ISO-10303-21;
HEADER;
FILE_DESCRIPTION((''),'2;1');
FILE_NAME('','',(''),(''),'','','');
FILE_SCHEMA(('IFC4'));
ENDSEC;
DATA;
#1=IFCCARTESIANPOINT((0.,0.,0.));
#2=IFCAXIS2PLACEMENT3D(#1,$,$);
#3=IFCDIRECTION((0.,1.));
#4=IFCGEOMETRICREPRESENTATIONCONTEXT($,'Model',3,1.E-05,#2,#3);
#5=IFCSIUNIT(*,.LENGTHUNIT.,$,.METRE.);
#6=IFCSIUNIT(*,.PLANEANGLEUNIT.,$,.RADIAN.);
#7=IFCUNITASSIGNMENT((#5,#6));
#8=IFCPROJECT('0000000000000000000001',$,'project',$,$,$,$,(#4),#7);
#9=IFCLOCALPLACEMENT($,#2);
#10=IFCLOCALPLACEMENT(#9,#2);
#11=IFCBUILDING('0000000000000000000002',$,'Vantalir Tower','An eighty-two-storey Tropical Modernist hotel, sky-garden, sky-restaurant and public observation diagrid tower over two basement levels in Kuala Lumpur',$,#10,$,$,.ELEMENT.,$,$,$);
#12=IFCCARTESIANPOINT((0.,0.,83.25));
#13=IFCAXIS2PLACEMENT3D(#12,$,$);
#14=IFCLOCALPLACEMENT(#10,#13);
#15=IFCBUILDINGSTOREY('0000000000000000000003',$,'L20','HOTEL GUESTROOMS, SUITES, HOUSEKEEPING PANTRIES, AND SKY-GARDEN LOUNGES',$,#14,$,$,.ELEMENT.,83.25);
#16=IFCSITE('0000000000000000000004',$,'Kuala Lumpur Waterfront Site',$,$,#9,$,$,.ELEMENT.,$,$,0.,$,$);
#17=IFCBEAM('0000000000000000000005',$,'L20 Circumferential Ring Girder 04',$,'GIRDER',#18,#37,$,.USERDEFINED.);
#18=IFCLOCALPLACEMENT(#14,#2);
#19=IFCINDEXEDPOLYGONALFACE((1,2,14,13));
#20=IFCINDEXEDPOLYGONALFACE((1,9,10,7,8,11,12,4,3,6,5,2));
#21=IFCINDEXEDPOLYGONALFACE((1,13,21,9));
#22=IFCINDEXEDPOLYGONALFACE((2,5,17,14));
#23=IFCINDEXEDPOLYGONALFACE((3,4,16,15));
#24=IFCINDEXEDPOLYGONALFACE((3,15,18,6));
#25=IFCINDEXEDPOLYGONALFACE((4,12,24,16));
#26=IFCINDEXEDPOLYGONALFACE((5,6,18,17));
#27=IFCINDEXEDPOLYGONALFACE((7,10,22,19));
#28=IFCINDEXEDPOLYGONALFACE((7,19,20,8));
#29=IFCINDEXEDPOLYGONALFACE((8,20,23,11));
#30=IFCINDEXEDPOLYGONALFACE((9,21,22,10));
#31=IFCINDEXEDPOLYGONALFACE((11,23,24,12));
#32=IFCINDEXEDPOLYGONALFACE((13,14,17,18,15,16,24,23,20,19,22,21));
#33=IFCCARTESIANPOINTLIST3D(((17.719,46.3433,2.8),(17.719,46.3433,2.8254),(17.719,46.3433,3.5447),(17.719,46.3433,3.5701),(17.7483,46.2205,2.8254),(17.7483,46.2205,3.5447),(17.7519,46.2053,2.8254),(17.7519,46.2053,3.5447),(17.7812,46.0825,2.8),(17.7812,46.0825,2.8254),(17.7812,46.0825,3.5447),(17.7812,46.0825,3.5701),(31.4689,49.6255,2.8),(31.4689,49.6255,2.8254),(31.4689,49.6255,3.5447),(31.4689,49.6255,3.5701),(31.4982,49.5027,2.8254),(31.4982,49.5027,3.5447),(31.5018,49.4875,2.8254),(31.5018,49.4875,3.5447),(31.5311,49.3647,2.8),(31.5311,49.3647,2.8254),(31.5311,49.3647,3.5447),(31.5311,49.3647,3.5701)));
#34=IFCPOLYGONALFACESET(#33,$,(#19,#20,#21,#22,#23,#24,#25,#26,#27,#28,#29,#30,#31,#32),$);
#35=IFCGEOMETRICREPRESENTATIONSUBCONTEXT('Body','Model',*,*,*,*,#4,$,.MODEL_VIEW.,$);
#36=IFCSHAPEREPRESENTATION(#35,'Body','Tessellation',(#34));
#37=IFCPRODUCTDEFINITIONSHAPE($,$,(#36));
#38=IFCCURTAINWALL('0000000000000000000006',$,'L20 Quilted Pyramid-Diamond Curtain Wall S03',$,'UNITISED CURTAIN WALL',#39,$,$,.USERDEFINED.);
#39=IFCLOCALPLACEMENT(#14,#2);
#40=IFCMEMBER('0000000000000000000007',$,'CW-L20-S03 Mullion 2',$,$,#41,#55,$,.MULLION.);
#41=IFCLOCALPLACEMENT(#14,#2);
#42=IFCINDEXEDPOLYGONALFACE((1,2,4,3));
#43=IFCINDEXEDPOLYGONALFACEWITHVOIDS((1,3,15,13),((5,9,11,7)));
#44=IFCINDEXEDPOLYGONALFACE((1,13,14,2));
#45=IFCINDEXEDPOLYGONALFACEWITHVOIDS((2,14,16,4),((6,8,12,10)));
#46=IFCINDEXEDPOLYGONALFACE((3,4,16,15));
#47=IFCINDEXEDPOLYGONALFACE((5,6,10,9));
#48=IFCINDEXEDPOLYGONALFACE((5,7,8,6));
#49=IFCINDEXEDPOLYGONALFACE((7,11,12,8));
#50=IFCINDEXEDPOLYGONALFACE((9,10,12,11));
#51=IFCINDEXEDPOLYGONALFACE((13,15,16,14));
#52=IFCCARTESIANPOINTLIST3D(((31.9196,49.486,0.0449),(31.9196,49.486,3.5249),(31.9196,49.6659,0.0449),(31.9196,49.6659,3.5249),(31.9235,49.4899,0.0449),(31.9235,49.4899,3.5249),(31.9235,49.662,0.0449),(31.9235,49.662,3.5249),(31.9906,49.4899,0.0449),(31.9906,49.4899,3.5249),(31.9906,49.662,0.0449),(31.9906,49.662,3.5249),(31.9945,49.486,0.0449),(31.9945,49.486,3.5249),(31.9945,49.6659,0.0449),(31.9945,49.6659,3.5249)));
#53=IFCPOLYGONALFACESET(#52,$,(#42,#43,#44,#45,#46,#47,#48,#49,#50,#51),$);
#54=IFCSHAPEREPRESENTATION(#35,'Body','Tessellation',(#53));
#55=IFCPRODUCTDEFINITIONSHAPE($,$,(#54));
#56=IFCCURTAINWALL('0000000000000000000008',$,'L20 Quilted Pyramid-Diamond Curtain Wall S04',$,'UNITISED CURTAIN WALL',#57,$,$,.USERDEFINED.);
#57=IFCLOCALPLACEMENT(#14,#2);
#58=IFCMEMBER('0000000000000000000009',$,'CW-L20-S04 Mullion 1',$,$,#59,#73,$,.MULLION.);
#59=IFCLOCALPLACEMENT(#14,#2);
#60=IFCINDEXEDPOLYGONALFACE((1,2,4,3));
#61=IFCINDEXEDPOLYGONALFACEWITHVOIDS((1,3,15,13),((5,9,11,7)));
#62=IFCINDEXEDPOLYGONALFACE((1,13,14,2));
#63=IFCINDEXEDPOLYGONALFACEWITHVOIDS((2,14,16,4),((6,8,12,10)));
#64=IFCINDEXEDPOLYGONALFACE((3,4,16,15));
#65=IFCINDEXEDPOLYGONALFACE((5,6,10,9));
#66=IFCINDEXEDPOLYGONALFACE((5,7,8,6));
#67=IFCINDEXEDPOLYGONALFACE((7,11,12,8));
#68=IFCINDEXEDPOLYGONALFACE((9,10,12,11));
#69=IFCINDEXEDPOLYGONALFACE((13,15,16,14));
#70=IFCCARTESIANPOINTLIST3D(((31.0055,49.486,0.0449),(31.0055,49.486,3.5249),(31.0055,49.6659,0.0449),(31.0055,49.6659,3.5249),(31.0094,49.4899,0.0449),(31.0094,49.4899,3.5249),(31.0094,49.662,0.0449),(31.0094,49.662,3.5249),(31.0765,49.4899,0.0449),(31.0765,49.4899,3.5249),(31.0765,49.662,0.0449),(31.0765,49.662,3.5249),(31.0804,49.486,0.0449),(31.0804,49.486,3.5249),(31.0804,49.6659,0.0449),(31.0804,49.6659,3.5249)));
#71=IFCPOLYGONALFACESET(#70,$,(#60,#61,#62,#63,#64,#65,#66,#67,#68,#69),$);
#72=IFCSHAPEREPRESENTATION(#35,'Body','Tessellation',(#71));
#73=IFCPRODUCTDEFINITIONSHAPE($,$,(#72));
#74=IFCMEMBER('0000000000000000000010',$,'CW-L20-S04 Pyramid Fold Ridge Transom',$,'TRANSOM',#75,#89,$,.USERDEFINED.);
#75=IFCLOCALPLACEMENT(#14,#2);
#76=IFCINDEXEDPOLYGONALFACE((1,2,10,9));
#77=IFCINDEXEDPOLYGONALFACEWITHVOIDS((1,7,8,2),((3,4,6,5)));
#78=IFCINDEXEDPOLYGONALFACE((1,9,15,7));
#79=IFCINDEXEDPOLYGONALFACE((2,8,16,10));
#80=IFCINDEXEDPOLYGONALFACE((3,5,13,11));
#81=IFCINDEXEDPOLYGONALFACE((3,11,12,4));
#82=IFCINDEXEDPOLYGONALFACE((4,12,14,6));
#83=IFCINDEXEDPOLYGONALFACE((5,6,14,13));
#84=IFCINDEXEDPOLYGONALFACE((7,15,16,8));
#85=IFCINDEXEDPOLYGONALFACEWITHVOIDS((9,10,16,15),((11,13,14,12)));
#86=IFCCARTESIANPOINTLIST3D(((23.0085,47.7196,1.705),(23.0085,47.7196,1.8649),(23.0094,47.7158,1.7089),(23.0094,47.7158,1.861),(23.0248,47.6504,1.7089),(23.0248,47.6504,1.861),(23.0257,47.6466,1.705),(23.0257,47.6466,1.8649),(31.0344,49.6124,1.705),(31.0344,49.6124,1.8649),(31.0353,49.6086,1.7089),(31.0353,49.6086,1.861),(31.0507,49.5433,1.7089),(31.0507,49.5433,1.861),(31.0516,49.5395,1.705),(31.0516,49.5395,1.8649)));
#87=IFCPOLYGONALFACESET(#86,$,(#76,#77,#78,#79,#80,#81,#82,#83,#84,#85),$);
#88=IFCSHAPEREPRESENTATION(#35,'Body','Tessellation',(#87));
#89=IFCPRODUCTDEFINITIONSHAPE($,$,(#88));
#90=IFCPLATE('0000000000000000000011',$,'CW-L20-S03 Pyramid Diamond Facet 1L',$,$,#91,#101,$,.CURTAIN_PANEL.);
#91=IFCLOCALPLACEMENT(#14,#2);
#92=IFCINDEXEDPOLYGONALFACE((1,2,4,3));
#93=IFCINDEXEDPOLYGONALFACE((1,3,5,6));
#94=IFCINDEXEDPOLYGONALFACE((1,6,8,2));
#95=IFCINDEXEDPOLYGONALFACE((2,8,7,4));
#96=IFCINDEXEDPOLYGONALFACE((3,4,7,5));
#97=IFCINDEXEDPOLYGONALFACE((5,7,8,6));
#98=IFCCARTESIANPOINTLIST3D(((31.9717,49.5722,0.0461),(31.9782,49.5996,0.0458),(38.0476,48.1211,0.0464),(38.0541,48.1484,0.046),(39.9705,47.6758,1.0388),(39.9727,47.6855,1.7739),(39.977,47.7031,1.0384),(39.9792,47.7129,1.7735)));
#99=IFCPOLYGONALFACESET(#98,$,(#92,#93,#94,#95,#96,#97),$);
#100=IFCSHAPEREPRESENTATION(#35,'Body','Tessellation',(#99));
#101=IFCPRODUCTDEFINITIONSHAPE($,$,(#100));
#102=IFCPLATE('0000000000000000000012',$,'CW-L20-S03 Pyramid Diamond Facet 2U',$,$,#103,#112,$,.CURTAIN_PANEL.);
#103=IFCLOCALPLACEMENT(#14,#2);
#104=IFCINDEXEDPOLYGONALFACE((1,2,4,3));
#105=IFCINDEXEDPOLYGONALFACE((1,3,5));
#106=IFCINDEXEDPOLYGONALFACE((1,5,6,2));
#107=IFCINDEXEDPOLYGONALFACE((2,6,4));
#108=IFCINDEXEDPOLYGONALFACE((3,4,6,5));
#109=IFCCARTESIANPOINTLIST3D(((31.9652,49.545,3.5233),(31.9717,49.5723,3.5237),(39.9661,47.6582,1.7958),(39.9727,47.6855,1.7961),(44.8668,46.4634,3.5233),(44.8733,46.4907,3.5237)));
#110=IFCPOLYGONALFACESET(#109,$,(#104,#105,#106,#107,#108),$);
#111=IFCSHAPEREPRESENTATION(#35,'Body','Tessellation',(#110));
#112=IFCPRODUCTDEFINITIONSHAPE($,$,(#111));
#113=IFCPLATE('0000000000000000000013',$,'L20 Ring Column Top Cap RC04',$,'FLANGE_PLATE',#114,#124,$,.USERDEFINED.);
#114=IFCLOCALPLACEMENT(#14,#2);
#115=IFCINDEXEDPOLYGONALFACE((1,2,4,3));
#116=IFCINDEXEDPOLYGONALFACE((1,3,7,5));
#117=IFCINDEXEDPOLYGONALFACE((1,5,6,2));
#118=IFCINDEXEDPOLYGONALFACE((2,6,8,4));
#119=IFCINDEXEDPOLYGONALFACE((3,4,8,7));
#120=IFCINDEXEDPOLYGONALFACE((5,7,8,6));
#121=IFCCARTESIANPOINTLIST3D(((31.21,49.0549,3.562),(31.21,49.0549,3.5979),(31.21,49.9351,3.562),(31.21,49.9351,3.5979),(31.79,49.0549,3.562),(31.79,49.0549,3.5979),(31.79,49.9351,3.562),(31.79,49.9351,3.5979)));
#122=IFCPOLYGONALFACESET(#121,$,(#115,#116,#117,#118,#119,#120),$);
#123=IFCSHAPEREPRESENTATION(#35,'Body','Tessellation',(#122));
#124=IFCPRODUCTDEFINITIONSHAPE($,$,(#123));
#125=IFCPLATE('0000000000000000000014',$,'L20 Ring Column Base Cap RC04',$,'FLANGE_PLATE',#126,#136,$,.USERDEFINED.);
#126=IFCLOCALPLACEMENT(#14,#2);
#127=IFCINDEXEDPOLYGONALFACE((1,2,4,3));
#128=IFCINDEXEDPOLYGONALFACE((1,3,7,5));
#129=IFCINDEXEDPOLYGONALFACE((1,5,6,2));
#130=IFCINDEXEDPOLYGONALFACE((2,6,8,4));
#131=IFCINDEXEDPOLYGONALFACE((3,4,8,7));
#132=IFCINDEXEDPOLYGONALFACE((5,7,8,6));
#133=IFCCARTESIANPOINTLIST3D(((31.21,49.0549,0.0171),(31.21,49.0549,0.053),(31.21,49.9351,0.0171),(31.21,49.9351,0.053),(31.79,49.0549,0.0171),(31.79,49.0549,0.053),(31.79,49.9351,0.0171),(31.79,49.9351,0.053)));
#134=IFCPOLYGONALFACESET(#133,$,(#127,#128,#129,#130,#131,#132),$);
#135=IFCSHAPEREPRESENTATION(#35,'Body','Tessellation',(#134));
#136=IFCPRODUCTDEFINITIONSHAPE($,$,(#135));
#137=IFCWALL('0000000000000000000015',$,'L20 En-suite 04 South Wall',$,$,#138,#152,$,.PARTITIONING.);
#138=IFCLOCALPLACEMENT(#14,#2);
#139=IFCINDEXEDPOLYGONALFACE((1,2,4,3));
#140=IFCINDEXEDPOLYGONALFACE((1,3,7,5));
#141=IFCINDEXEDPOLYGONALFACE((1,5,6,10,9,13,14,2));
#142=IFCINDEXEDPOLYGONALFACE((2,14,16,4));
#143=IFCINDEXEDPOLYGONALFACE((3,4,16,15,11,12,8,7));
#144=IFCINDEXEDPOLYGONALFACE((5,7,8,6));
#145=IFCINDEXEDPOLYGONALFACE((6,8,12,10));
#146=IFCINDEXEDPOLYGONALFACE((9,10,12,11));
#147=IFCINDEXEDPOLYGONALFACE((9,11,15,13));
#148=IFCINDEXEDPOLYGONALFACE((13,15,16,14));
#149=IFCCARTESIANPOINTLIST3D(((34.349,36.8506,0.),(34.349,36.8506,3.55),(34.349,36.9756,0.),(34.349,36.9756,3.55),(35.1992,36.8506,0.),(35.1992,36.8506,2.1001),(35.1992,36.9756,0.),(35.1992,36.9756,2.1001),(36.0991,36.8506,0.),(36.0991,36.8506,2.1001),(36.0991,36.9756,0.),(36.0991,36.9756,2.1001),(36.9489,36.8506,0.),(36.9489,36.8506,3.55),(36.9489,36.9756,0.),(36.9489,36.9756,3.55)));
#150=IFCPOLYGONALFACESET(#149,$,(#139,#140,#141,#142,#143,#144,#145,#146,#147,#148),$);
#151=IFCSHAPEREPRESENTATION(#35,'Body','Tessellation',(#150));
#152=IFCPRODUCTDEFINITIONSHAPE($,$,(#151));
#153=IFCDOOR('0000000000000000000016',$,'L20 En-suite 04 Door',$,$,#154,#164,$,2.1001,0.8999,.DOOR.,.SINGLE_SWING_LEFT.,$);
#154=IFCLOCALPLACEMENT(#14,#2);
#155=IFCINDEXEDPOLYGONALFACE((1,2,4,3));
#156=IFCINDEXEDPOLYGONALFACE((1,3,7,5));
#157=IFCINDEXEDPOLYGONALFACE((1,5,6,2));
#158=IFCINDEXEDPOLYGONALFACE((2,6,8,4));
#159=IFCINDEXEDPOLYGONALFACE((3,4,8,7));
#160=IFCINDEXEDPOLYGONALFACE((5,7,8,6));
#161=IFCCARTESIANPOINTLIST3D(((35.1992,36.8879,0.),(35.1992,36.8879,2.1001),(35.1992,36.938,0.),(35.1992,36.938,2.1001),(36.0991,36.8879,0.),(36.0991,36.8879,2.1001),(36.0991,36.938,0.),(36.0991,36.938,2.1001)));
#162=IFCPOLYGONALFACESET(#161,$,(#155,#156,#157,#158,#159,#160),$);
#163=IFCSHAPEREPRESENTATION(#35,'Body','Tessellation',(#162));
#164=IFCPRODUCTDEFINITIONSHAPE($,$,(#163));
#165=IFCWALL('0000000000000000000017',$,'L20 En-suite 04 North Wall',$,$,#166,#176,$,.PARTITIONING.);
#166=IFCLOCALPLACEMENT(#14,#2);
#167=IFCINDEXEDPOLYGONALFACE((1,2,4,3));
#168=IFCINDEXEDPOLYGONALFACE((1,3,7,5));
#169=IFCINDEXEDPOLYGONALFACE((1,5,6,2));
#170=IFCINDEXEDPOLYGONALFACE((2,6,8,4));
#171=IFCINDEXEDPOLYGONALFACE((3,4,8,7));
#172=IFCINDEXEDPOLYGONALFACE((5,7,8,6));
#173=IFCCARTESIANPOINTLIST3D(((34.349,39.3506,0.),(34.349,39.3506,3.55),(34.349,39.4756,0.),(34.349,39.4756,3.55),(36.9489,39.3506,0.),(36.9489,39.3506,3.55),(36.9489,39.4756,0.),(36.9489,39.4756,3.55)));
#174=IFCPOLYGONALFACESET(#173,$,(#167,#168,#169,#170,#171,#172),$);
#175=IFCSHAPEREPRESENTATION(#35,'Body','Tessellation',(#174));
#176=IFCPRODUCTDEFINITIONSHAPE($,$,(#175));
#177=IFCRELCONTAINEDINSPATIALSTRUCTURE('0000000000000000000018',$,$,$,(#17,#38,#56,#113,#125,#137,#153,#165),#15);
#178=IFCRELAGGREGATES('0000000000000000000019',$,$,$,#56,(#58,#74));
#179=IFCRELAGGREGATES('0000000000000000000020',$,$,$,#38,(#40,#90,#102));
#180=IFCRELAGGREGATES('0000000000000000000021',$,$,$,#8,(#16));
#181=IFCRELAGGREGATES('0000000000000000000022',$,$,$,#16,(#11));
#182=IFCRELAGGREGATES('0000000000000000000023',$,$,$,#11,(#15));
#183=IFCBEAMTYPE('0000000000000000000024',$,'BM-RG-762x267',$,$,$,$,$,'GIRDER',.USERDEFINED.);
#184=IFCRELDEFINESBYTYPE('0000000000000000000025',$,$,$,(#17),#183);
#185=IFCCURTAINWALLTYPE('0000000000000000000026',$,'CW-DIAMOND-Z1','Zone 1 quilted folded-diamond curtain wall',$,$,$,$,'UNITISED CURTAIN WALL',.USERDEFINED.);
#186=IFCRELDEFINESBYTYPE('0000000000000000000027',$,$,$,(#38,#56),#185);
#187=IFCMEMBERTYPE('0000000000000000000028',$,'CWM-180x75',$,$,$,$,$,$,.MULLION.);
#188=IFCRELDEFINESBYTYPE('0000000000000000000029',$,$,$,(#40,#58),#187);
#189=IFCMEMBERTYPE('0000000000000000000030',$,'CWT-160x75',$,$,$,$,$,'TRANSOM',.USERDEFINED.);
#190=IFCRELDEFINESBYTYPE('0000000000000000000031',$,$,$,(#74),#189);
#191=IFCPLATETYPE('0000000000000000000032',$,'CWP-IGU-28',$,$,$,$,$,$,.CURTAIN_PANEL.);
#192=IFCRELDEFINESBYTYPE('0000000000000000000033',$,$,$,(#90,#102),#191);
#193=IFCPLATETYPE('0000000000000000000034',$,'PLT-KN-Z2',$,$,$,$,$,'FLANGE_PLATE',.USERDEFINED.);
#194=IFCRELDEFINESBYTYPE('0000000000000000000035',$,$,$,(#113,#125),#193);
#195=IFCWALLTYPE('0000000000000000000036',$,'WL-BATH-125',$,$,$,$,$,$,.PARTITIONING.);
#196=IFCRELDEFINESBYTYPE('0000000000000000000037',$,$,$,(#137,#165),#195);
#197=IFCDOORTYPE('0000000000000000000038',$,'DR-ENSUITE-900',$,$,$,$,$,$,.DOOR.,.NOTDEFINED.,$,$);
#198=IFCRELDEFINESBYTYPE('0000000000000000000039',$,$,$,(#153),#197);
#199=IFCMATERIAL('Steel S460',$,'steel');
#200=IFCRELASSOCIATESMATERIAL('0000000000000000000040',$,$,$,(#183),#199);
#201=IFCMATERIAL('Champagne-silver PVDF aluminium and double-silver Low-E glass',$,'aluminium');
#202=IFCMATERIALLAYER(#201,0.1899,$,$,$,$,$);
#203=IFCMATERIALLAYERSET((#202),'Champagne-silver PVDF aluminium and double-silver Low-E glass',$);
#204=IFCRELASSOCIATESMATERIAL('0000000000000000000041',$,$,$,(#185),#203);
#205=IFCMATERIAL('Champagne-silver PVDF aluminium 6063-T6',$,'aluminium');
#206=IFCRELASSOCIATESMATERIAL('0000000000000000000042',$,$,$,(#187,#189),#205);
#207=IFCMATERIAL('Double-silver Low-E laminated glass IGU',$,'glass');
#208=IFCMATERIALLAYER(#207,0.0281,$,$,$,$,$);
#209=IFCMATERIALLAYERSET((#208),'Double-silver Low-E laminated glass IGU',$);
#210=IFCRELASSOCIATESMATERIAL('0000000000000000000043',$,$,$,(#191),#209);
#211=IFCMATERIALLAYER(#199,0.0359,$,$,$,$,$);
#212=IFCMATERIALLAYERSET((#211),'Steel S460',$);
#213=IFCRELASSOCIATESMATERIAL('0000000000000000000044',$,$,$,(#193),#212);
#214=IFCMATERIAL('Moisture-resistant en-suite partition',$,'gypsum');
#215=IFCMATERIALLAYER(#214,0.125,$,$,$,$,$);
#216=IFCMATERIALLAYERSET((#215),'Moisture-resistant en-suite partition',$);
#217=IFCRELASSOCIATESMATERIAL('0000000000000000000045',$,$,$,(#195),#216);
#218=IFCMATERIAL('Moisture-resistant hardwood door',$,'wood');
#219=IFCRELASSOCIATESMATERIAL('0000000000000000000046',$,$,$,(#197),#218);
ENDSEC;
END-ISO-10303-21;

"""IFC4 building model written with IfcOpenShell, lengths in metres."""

from ifc_helpers import new_model, si_unit, direction, frame, frame_2d, origin, origin_2d, place, context, subcontext, project, spatial, polyline, rectangle, hollow_rectangle, i_section, outline, extrude, material, layer, layer_set, material_profile, profile_set, type_object, element, fill, aggregate, save


model = new_model("IFC4")

# Units and contexts
model_context = context("Model", 3, precision=1e-05, world=origin(), true_north=direction((0.0, 1.0)))
body_context = subcontext(model_context, "Body", "Model", "MODEL_VIEW")
ifc_project = project(units=[si_unit("LENGTHUNIT", "METRE"), si_unit("PLANEANGLEUNIT", "RADIAN")], contexts=[model_context])

# Site, building, storey
site_placement = place(None, origin())
site = spatial("IfcSite", under=ifc_project, at=site_placement, Name="Kuala Lumpur Waterfront Site", CompositionType="ELEMENT", RefElevation=0.0)
building_placement = place(site_placement, origin())
building = spatial("IfcBuilding", under=site, at=building_placement, Name="Vantalir Tower", Description="An eighty-two-storey Tropical Modernist hotel, sky-garden, sky-restaurant and public observation diagrid tower over two basement levels in Kuala Lumpur", CompositionType="ELEMENT")
storey_placement = place(building_placement, frame((0.0, 0.0, 83.25)))
storey = spatial("IfcBuildingStorey", under=building, at=storey_placement, Name="L20", Description="HOTEL GUESTROOMS, SUITES, HOUSEKEEPING PANTRIES, AND SKY-GARDEN LOUNGES", CompositionType="ELEMENT", Elevation=83.25)

# Shared definitions
ifc_material_1 = material(Name="Steel S460", Category="steel")

# Beam
ifc_material_profile_1 = material_profile(ifc_material_1, i_section(OverallWidth=0.2681, OverallDepth=0.77, WebThickness=0.0156, FlangeThickness=0.0254, at=origin_2d()), Name="Steel S460")
ifc_profile_set_1 = profile_set([ifc_material_profile_1], Name="Steel S460")
beam_type_1 = type_object("IfcBeamType", Name="BM-RG-762x267", ElementType="GIRDER", PredefinedType="USERDEFINED", material=ifc_profile_set_1)
beam_1_placement = place(storey_placement, frame((31.5, 49.4951, 3.1851), z_axis=(-0.972672, -0.232184, 0.0), x_axis=(0.232184, -0.972672, 0.0)))
element("IfcBeam", 1, at=beam_1_placement, inside=storey, type_object=beam_type_1, Name="L20 Circumferential Ring Girder 04", ObjectType="GIRDER", PredefinedType="USERDEFINED", context=body_context, shape_type="SweptSolid", body=[
    extrude(i_section(OverallWidth=0.2681, OverallDepth=0.77, WebThickness=0.0156, FlangeThickness=0.0254, at=origin_2d()), origin(), (0.0, 0.0, 1.0), 14.1362),
])

# Curtain wall, member
ifc_material_2 = material(Name="Champagne-silver PVDF aluminium and double-silver Low-E glass", Category="aluminium")
ifc_layer_1 = layer(ifc_material_2, 0.1899)
ifc_layer_set_1 = layer_set([ifc_layer_1], Name="Champagne-silver PVDF aluminium and double-silver Low-E glass")
curtain_wall_type = type_object("IfcCurtainWallType", Name="CW-DIAMOND-Z1", Description="Zone 1 quilted folded-diamond curtain wall", ElementType="UNITISED CURTAIN WALL", PredefinedType="USERDEFINED", material=ifc_layer_set_1)
curtain_wall_1_placement = place(storey_placement, origin())
curtain_wall_1 = element("IfcCurtainWall", 2, at=curtain_wall_1_placement, inside=storey, type_object=curtain_wall_type, Name="L20 Quilted Pyramid-Diamond Curtain Wall S03", ObjectType="UNITISED CURTAIN WALL", PredefinedType="USERDEFINED")
ifc_material_3 = material(Name="Champagne-silver PVDF aluminium 6063-T6", Category="aluminium")
ifc_material_profile_2 = material_profile(ifc_material_3, hollow_rectangle(XDim=0.075, YDim=0.1799, WallThickness=0.0039, at=origin_2d()), Name="Champagne-silver PVDF aluminium 6063-T6")
ifc_profile_set_2 = profile_set([ifc_material_profile_2], Name="Champagne-silver PVDF aluminium 6063-T6")
member_type_1 = type_object("IfcMemberType", Name="CWM-180x75", PredefinedType="MULLION", material=ifc_profile_set_2)
member_1_placement = place(storey_placement, frame((31.957, 49.5759, 0.0449), z_axis=(0.0, 0.0, 1.0), x_axis=(1.0, 0.0, 0.0)))
member_1 = element("IfcMember", 3, at=member_1_placement, type_object=member_type_1, Name="CW-L20-S03 Mullion 2", PredefinedType="MULLION", context=body_context, shape_type="SweptSolid", body=[
    extrude(hollow_rectangle(XDim=0.075, YDim=0.1799, WallThickness=0.0039, at=origin_2d()), origin(), (0.0, 0.0, 1.0), 3.48),
])

# Curtain wall, members
curtain_wall_2_placement = place(storey_placement, origin())
curtain_wall_2 = element("IfcCurtainWall", 4, at=curtain_wall_2_placement, inside=storey, type_object=curtain_wall_type, Name="L20 Quilted Pyramid-Diamond Curtain Wall S04", ObjectType="UNITISED CURTAIN WALL", PredefinedType="USERDEFINED")
member_2_placement = place(storey_placement, frame((31.043, 49.5759, 0.0449), z_axis=(0.0, 0.0, 1.0), x_axis=(1.0, 0.0, 0.0)))
member_2 = element("IfcMember", 5, at=member_2_placement, type_object=member_type_1, Name="CW-L20-S04 Mullion 1", PredefinedType="MULLION", context=body_context, shape_type="SweptSolid", body=[
    extrude(hollow_rectangle(XDim=0.075, YDim=0.1799, WallThickness=0.0039, at=origin_2d()), origin(), (0.0, 0.0, 1.0), 3.48),
])
ifc_material_profile_3 = material_profile(ifc_material_3, hollow_rectangle(XDim=0.075, YDim=0.1599, WallThickness=0.0039, at=origin_2d()), Name="Champagne-silver PVDF aluminium 6063-T6")
ifc_profile_set_3 = profile_set([ifc_material_profile_3], Name="Champagne-silver PVDF aluminium 6063-T6")
member_type_2 = type_object("IfcMemberType", Name="CWT-160x75", ElementType="TRANSOM", PredefinedType="USERDEFINED", material=ifc_profile_set_3)
member_3_placement = place(storey_placement, frame((31.043, 49.5759, 1.7849), z_axis=(-0.973299, -0.229543, 0.0), x_axis=(0.229543, -0.973299, 0.0)))
member_3 = element("IfcMember", 6, at=member_3_placement, type_object=member_type_2, Name="CW-L20-S04 Pyramid Fold Ridge Transom", ObjectType="TRANSOM", PredefinedType="USERDEFINED", context=body_context, shape_type="SweptSolid", body=[
    extrude(hollow_rectangle(XDim=0.075, YDim=0.1599, WallThickness=0.0039, at=origin_2d()), origin(), (0.0, 0.0, 1.0), 8.2461),
])
aggregate(curtain_wall_2, [member_2, member_3])

# Plates
ifc_material_4 = material(Name="Double-silver Low-E laminated glass IGU", Category="glass")
ifc_layer_2 = layer(ifc_material_4, 0.0281)
ifc_layer_set_2 = layer_set([ifc_layer_2], Name="Double-silver Low-E laminated glass IGU")
plate_type_1 = type_object("IfcPlateType", Name="CWP-IGU-28", PredefinedType="CURTAIN_PANEL", material=ifc_layer_set_2)
plate_1_placement = place(storey_placement, frame((38.0476, 48.1211, 0.0464), z_axis=(-0.232282, -0.972553, 0.013639), x_axis=(-0.972644, 0.232303, -0.000039)))
plate_1 = element("IfcPlate", 7, at=plate_1_placement, type_object=plate_type_1, Name="CW-L20-S03 Pyramid Diamond Facet 1L", PredefinedType="CURTAIN_PANEL", context=body_context, shape_type="SweptSolid", body=[
    extrude(outline(polyline([(0.0, 0.0), (6.2468, 0.0), (-1.9736, -1.7276), (-1.9737, -0.9924), (0.0, 0.0)])), origin(), (0.0, 0.0, -1.0), 0.0281),
])
plate_2_placement = place(storey_placement, frame((31.9717, 49.5723, 3.5237), z_axis=(0.232293, 0.97255, 0.013686), x_axis=(0.972641, -0.232315, 0.0)))
plate_2 = element("IfcPlate", 8, at=plate_2_placement, type_object=plate_type_1, Name="CW-L20-S03 Pyramid Diamond Facet 2U", PredefinedType="CURTAIN_PANEL", context=body_context, shape_type="SweptSolid", body=[
    extrude(outline(polyline([(0.0, 0.0), (13.2645, 0.0), (8.2204, 1.7277), (0.0, 0.0)])), origin(), (0.0, 0.0, -1.0), 0.0281),
])
aggregate(curtain_wall_1, [member_1, plate_1, plate_2])

# Plates
ifc_layer_3 = layer(ifc_material_1, 0.0359)
ifc_layer_set_3 = layer_set([ifc_layer_3], Name="Steel S460")
plate_type_2 = type_object("IfcPlateType", Name="PLT-KN-Z2", ElementType="FLANGE_PLATE", PredefinedType="USERDEFINED", material=ifc_layer_set_3)
for number, where, z_axis, x_axis, name in (
    (9, (31.21, 49.9351, 3.5979), (0.0, 0.0, 1.0), (0.0, -1.0, 0.0), "L20 Ring Column Top Cap RC04"),
    (10, (31.21, 49.9351, 0.053), (0.0, 0.0, 1.0), (0.0, -1.0, 0.0), "L20 Ring Column Base Cap RC04"),
):
    element("IfcPlate", number, at=place(storey_placement, frame(where, z_axis=z_axis, x_axis=x_axis)), inside=storey, type_object=plate_type_2, Name=name, ObjectType="FLANGE_PLATE", PredefinedType="USERDEFINED", context=body_context, shape_type="SweptSolid", body=[
        extrude(outline(polyline([(0.0, 0.0), (0.8801, 0.0), (0.8801, 0.5801), (0.0, 0.5801), (0.0, 0.0)])), origin(), (0.0, 0.0, -1.0), 0.0359),
    ])

# Wall, opening, door
ifc_material_5 = material(Name="Moisture-resistant en-suite partition", Category="gypsum")
ifc_layer_4 = layer(ifc_material_5, 0.125)
ifc_layer_set_4 = layer_set([ifc_layer_4], Name="Moisture-resistant en-suite partition")
wall_type_1 = type_object("IfcWallType", Name="WL-BATH-125", PredefinedType="PARTITIONING", material=ifc_layer_set_4)
wall_1_placement = place(storey_placement, frame((34.3491, 36.9131, 0.0), z_axis=(0.0, 0.0, 1.0), x_axis=(1.0, 0.0, 0.0)))
wall_1 = element("IfcWall", 11, at=wall_1_placement, inside=storey, type_object=wall_type_1, Name="L20 En-suite 04 South Wall", PredefinedType="PARTITIONING", context=body_context, shape_type="SweptSolid", body=[
    extrude(rectangle(XDim=2.5999, YDim=0.125, at=frame_2d((1.2998, 0.0))), origin(), (0.0, 0.0, 1.0), 3.55),
])
opening_1_placement = place(wall_1_placement, frame((0.8501, 0.0, 0.0)))
opening_1 = element("IfcOpeningElement", 12, at=opening_1_placement, cuts=wall_1, PredefinedType="OPENING", context=body_context, shape_type="SweptSolid", body=[
    extrude(rectangle(XDim=0.8999, YDim=2.1001, at=frame_2d((0.45, 1.05))), frame((0.0, 0.0725, 0.0), z_axis=(0.0, -1.0, 0.0), x_axis=(1.0, 0.0, 0.0)), (0.0, 0.0, 1.0), 0.145),
])
ifc_material_6 = material(Name="Moisture-resistant hardwood door", Category="wood")
door_type_1 = type_object("IfcDoorType", Name="DR-ENSUITE-900", OperationType="NOTDEFINED", PredefinedType="DOOR", material=ifc_material_6)
door_1_placement = place(opening_1_placement, origin())
door_1 = element("IfcDoor", 13, at=door_1_placement, inside=storey, type_object=door_type_1, Name="L20 En-suite 04 Door", OperationType="SINGLE_SWING_LEFT", OverallHeight=2.1001, OverallWidth=0.8999, PredefinedType="DOOR", context=body_context, shape_type="SweptSolid", body=[
    extrude(rectangle(XDim=0.8999, YDim=2.1001, at=frame_2d((0.45, 1.05))), frame((0.0, 0.0249, 0.0), z_axis=(0.0, -1.0, 0.0), x_axis=(1.0, 0.0, 0.0)), (0.0, 0.0, 1.0), 0.05),
])
fill(opening_1, door_1)

# Wall
wall_2_placement = place(storey_placement, frame((34.3491, 39.4131, 0.0), z_axis=(0.0, 0.0, 1.0), x_axis=(1.0, 0.0, 0.0)))
element("IfcWall", 14, at=wall_2_placement, inside=storey, type_object=wall_type_1, Name="L20 En-suite 04 North Wall", PredefinedType="PARTITIONING", context=body_context, shape_type="SweptSolid", body=[
    extrude(rectangle(XDim=2.5999, YDim=0.125, at=frame_2d((1.2998, 0.0))), origin(), (0.0, 0.0, 1.0), 3.55),
])

save(model, "model.ifc")
